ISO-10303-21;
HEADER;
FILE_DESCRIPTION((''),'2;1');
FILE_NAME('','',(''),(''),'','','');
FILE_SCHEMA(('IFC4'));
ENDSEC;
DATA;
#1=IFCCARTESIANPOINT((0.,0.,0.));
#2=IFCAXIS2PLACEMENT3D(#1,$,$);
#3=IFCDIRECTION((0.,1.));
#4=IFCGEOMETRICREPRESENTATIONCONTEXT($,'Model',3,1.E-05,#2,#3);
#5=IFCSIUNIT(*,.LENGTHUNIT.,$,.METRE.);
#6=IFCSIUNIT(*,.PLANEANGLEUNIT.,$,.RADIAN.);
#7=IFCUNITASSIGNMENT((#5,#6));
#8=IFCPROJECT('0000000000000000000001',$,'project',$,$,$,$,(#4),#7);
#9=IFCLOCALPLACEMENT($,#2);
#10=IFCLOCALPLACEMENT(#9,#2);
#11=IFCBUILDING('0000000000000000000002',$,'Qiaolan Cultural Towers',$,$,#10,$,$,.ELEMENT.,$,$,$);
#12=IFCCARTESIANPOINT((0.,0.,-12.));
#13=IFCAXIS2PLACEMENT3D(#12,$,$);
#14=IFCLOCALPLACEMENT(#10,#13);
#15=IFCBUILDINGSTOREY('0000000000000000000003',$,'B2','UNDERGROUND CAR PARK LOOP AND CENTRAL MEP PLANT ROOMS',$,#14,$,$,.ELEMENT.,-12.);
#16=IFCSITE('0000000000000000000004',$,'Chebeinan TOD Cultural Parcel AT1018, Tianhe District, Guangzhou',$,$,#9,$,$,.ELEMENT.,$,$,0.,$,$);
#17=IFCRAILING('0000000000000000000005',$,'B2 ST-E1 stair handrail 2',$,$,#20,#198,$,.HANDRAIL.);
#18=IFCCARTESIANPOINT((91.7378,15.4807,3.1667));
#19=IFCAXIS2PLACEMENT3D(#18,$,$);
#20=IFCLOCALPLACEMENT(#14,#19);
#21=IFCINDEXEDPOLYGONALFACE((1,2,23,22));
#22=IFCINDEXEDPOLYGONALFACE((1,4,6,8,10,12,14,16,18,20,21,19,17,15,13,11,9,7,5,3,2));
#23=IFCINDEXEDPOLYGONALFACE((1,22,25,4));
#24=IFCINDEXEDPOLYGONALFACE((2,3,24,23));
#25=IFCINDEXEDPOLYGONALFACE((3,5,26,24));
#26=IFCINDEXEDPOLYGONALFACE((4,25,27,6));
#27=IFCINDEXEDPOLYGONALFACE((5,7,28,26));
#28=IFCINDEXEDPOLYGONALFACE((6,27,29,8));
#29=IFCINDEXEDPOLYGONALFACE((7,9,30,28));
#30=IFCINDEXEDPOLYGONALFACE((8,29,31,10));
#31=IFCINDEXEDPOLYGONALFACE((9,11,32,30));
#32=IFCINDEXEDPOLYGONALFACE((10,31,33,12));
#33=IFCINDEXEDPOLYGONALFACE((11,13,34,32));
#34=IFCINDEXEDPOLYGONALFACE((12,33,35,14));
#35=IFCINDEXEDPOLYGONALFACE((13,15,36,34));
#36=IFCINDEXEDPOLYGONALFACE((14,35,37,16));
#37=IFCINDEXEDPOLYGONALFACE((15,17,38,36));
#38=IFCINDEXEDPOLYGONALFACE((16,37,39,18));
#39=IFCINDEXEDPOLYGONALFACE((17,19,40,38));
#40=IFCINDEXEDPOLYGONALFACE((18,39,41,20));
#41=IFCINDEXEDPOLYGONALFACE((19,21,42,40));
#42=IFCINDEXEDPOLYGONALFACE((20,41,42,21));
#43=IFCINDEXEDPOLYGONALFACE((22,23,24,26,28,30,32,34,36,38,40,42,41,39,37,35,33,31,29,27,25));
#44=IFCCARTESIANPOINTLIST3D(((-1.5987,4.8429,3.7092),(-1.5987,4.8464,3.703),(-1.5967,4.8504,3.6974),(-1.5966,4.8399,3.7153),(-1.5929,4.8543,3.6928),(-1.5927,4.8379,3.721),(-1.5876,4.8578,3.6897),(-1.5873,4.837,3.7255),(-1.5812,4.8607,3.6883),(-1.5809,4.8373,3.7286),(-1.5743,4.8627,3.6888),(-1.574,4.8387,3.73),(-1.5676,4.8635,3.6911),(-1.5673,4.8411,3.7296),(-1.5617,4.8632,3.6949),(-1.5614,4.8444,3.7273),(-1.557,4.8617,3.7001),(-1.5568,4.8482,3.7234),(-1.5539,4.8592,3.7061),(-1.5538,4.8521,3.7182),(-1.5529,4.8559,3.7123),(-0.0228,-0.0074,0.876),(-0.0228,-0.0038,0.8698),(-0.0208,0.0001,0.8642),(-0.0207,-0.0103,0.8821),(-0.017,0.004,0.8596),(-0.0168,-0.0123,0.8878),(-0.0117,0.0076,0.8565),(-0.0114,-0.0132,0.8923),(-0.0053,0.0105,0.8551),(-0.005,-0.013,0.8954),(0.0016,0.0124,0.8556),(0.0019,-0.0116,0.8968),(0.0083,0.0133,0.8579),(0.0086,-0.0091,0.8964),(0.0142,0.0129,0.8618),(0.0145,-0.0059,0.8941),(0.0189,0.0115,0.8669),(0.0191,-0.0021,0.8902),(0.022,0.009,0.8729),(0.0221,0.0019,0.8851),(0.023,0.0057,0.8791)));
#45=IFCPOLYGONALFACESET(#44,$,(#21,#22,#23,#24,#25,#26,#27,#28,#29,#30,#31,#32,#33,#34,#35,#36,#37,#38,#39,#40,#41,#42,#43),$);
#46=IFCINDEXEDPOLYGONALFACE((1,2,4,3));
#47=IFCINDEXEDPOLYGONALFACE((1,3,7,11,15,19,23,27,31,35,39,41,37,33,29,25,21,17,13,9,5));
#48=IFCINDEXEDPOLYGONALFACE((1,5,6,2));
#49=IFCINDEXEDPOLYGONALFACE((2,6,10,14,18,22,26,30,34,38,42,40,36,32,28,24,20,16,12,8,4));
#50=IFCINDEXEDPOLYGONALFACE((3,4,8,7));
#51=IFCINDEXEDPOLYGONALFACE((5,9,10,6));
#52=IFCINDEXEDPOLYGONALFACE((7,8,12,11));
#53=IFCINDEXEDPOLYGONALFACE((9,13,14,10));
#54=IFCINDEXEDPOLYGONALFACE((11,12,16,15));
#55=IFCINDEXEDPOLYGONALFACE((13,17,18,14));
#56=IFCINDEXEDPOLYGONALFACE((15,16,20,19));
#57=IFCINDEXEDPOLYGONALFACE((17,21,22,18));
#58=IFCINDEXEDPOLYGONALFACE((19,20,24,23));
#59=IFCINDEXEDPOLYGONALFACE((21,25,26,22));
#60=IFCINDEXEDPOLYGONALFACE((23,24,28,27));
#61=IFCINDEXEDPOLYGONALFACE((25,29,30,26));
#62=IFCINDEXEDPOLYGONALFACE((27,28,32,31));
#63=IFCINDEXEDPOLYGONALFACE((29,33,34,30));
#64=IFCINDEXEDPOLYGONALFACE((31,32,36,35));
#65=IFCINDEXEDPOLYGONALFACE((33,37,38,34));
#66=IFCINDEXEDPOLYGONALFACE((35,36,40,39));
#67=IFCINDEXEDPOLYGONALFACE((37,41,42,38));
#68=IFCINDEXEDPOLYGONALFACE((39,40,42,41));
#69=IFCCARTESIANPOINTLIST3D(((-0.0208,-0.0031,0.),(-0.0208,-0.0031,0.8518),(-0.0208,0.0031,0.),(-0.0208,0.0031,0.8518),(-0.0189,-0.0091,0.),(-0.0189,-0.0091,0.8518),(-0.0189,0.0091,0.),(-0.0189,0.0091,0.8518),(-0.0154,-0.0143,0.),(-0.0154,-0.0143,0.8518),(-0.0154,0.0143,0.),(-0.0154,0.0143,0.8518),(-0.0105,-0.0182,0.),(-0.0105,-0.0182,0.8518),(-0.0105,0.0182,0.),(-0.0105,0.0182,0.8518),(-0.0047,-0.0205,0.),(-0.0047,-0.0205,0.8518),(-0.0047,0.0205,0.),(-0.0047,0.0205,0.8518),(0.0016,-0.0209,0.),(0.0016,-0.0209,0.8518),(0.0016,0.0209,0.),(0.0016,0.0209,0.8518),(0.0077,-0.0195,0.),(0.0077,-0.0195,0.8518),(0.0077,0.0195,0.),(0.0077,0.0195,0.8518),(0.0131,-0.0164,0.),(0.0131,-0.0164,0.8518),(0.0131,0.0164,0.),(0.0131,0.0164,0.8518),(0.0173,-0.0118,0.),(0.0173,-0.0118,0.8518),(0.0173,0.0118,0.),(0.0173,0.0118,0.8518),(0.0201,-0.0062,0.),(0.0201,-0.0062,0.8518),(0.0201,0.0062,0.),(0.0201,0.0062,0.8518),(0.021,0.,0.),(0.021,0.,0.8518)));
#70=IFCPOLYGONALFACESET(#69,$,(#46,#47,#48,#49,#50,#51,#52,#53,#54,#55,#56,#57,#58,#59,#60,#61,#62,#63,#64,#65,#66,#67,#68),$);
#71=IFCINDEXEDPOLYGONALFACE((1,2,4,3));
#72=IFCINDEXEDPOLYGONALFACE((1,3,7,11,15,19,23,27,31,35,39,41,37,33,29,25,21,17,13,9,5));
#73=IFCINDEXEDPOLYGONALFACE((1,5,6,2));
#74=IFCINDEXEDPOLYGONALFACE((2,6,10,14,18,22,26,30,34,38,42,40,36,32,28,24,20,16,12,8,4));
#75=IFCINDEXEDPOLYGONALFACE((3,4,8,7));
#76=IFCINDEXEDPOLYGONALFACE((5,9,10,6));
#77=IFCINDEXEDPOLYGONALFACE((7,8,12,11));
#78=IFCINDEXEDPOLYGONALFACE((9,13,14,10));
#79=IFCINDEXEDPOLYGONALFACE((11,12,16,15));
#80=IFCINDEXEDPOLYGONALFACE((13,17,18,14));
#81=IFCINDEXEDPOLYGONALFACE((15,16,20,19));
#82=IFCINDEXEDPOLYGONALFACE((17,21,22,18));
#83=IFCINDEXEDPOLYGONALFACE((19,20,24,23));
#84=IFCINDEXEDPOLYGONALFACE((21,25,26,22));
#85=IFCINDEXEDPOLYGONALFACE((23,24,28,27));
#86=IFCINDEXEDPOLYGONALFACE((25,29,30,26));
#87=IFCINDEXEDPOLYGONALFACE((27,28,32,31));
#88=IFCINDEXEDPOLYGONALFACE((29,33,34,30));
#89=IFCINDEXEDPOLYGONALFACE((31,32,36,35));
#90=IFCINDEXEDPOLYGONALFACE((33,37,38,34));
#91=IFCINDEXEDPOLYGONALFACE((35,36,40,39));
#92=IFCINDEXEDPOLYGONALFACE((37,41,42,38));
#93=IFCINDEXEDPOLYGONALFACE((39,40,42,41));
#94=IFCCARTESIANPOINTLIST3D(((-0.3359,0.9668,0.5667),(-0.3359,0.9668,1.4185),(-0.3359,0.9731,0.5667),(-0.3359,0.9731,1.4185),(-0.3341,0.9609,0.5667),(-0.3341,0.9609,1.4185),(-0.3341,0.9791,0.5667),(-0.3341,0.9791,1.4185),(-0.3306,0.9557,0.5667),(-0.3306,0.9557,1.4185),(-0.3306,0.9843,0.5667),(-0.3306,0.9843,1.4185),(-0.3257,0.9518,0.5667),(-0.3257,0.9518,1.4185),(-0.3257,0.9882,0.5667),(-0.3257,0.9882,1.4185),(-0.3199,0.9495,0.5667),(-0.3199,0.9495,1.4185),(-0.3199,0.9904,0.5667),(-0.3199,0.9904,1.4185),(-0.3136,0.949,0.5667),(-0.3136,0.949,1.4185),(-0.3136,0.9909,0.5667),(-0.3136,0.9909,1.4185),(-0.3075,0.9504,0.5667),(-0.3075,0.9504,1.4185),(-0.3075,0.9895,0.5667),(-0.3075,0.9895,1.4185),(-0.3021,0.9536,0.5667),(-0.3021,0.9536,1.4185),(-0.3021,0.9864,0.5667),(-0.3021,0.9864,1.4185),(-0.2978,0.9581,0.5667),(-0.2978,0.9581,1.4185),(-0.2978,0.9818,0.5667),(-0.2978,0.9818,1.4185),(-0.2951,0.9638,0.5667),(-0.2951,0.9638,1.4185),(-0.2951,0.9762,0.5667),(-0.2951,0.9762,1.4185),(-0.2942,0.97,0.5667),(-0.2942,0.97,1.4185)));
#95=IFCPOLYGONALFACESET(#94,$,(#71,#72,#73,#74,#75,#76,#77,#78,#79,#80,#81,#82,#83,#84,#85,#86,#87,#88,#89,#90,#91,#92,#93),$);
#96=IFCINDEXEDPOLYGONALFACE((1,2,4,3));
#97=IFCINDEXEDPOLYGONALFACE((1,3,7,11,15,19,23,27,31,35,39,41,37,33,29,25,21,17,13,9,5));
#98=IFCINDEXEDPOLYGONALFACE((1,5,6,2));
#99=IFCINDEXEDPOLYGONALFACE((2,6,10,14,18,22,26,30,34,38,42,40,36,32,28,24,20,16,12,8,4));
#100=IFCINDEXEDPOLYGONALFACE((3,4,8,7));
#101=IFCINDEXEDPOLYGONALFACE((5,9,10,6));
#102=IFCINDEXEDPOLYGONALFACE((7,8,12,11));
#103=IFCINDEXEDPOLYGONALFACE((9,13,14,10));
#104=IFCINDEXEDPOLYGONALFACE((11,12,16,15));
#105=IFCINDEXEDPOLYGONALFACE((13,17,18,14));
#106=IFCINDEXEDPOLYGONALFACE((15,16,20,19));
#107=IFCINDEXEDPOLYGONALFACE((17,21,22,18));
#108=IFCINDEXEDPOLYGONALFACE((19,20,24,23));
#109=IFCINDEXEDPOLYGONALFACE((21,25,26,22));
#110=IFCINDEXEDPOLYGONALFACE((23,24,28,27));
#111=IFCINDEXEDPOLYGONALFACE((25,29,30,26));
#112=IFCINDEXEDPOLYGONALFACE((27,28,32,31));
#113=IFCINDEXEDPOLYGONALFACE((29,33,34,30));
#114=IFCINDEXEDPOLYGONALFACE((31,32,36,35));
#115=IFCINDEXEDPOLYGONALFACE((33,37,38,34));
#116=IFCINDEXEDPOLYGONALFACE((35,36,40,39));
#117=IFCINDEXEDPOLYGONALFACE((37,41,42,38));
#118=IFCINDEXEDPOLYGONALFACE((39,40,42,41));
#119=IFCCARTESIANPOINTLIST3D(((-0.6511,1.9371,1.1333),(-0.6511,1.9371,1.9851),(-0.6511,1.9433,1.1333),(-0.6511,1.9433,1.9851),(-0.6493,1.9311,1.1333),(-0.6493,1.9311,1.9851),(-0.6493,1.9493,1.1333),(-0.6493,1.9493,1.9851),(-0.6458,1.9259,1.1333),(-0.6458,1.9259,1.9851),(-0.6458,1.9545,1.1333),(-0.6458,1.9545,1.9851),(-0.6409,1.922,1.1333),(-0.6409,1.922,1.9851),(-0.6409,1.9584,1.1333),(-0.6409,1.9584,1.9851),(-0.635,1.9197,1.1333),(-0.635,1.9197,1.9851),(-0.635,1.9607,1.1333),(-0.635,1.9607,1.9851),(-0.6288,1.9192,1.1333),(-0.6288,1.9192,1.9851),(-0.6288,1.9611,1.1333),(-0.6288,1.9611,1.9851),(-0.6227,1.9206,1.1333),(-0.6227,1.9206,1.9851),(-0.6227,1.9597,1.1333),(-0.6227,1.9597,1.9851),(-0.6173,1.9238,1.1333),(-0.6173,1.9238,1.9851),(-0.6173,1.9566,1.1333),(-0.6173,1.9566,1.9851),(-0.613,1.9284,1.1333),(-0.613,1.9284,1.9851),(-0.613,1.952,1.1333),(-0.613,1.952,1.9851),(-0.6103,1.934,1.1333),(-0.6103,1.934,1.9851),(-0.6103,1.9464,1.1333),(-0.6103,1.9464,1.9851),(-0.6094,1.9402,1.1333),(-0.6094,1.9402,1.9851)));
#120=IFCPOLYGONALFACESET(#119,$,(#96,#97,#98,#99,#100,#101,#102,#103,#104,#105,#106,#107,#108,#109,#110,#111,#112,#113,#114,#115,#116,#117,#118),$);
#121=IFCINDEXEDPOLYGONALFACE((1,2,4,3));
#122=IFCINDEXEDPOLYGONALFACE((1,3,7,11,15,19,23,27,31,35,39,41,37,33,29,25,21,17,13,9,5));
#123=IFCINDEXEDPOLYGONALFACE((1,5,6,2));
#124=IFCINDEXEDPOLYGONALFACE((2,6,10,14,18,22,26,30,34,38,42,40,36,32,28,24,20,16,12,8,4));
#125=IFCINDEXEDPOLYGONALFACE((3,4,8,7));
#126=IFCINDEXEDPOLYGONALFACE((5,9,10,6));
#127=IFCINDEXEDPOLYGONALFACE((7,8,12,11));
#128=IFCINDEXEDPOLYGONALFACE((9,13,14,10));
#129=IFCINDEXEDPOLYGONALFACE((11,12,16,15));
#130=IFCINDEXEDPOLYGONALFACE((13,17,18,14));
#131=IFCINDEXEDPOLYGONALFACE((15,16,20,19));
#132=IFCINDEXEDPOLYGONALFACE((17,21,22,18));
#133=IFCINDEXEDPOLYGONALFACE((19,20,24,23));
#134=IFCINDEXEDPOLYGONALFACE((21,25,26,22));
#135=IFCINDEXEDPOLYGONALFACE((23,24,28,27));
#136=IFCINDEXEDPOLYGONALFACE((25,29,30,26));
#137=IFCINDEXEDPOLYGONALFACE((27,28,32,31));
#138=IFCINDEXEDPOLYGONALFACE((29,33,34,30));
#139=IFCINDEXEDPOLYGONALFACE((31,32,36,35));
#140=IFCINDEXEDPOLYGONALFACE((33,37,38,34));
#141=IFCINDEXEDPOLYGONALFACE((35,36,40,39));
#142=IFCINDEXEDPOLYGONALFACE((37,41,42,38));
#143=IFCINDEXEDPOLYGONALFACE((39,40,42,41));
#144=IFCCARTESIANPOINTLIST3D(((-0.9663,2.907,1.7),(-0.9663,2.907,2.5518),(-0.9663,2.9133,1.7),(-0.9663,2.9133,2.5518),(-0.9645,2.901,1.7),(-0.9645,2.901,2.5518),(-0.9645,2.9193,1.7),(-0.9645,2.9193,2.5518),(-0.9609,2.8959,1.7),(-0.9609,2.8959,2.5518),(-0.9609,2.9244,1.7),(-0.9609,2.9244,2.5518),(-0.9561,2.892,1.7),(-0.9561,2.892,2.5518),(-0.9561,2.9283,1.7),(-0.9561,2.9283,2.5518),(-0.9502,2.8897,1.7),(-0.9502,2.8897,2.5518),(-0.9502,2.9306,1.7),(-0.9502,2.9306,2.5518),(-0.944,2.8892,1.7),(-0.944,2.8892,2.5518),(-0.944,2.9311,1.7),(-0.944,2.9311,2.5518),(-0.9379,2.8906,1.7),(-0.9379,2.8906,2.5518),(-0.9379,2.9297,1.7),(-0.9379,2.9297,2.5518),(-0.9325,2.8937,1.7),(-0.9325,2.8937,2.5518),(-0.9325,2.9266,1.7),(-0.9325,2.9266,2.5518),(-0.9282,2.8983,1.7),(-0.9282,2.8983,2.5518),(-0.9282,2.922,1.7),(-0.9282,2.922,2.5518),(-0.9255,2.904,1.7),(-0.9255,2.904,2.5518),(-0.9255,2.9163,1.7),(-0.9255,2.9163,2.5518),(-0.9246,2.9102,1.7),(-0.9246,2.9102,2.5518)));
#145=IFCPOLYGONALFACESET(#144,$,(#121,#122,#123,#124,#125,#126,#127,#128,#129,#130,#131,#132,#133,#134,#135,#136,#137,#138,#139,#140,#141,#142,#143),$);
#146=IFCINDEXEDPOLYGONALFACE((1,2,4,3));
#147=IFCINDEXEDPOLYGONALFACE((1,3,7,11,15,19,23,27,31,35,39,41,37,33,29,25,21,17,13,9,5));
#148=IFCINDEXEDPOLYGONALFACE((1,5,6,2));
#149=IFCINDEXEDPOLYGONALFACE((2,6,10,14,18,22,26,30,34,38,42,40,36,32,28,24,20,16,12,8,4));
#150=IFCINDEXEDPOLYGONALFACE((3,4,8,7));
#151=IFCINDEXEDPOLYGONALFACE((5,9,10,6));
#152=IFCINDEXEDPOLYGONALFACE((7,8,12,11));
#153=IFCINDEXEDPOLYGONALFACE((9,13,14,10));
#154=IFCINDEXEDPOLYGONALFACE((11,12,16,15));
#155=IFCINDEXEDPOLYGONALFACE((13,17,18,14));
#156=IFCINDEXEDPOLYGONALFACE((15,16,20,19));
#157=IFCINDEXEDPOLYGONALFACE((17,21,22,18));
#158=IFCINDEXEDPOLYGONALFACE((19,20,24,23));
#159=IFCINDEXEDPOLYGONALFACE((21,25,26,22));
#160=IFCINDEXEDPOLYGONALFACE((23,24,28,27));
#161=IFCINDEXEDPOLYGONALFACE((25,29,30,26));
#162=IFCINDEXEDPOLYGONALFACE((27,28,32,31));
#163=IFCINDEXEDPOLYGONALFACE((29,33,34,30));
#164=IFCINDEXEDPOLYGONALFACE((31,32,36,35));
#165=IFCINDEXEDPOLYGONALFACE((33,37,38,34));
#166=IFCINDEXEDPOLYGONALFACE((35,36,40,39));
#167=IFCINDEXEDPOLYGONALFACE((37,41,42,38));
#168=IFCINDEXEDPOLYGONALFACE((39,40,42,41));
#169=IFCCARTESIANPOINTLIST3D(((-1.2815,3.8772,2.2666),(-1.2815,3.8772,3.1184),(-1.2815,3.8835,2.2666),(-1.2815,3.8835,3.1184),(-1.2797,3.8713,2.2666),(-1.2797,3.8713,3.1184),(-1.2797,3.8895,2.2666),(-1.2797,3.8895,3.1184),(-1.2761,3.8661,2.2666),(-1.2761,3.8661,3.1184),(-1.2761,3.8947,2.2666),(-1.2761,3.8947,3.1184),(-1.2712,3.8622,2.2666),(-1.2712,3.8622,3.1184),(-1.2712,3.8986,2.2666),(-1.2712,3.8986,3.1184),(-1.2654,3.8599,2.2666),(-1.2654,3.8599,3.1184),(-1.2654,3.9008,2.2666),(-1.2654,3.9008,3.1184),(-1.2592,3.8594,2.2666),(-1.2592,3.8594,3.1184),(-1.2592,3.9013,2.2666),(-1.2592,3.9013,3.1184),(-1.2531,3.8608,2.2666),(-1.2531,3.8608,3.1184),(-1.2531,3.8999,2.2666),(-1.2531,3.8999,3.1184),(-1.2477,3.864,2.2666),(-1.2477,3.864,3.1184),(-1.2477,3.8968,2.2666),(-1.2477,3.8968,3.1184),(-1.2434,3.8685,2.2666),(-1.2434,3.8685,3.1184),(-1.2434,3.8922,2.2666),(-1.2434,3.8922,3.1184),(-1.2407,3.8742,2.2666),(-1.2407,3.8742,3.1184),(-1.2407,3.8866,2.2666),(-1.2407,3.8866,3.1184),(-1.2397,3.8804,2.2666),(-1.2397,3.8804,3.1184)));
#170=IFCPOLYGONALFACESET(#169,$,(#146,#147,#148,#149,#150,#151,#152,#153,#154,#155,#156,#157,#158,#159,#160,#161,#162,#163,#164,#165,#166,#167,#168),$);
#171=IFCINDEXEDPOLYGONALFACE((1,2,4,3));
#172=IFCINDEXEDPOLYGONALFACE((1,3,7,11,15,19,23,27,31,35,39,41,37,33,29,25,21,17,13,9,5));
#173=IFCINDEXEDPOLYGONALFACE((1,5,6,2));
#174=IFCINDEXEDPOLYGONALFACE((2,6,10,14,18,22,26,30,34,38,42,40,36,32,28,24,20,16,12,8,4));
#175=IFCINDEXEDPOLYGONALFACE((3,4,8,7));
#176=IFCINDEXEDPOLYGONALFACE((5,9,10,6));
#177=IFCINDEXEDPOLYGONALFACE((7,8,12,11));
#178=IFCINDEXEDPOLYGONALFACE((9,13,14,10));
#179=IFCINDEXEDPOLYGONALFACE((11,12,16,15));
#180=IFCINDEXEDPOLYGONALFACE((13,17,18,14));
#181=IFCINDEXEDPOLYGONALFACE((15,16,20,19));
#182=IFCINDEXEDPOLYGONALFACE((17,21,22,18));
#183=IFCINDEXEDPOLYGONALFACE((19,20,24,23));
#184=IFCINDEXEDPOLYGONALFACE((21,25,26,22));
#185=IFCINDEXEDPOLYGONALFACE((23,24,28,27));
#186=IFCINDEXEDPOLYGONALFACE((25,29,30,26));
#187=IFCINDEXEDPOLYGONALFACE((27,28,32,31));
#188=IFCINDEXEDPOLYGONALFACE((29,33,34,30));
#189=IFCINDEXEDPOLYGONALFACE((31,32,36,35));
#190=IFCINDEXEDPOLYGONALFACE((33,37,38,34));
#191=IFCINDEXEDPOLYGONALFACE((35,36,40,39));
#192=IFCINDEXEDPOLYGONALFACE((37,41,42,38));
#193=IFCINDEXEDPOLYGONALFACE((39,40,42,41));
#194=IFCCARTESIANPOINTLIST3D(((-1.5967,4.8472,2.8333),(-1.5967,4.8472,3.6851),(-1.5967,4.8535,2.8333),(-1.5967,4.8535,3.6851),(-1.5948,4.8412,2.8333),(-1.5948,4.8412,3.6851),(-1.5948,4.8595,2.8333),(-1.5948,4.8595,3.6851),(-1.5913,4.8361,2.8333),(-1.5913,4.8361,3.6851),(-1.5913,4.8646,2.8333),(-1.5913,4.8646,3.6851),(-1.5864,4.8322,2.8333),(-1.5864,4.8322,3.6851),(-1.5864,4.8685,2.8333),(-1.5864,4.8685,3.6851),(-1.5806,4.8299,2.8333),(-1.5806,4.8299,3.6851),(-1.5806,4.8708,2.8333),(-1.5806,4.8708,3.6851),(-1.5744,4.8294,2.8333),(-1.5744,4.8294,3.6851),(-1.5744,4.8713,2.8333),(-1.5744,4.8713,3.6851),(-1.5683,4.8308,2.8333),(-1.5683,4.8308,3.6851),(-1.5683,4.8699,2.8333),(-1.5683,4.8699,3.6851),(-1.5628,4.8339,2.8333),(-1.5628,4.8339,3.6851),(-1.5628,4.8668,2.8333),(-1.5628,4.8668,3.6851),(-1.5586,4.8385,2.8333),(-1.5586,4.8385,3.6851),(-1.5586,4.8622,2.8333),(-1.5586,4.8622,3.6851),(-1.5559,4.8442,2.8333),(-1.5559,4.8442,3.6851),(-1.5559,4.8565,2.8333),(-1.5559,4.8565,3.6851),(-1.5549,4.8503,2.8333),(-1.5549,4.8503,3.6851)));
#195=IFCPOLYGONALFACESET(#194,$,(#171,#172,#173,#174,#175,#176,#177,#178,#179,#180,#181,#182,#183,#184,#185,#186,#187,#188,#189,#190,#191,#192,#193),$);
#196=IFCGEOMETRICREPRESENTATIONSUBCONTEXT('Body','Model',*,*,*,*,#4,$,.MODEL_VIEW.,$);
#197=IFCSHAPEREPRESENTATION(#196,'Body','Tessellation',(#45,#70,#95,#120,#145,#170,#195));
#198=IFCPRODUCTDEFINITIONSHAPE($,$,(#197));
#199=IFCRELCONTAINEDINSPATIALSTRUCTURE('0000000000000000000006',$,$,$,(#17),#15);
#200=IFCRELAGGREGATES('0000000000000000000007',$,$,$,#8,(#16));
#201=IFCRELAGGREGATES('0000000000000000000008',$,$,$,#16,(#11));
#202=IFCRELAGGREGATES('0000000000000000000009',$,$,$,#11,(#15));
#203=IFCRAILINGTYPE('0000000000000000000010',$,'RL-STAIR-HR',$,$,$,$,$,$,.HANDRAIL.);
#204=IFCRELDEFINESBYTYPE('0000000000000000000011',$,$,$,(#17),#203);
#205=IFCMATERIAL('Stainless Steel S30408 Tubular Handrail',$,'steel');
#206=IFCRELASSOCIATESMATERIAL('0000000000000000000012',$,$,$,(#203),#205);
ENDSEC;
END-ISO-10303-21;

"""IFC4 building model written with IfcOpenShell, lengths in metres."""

from ifc_helpers import new_model, si_unit, direction, frame, origin, origin_2d, place, context, subcontext, project, spatial, circle, extrude, material, type_object, element, save


model = new_model("IFC4")

# Units and contexts
model_context = context("Model", 3, precision=1e-05, world=origin(), true_north=direction((0.0, 1.0)))
body_context = subcontext(model_context, "Body", "Model", "MODEL_VIEW")
ifc_project = project(units=[si_unit("LENGTHUNIT", "METRE"), si_unit("PLANEANGLEUNIT", "RADIAN")], contexts=[model_context])

# Site, building, storey
site_placement = place(None, origin())
site = spatial("IfcSite", under=ifc_project, at=site_placement, Name="Chebeinan TOD Cultural Parcel AT1018, Tianhe District, Guangzhou", CompositionType="ELEMENT", RefElevation=0.0)
building_placement = place(site_placement, origin())
building = spatial("IfcBuilding", under=site, at=building_placement, Name="Qiaolan Cultural Towers", CompositionType="ELEMENT")
storey_placement = place(building_placement, frame((0.0, 0.0, -12.0)))
storey = spatial("IfcBuildingStorey", under=building, at=storey_placement, Name="B2", Description="UNDERGROUND CAR PARK LOOP AND CENTRAL MEP PLANT ROOMS", CompositionType="ELEMENT", Elevation=-12.0)

# Railing
ifc_material_1 = material(Name="Stainless Steel S30408 Tubular Handrail", Category="steel")
railing_type_1 = type_object("IfcRailingType", Name="RL-STAIR-HR", PredefinedType="HANDRAIL", material=ifc_material_1)
railing_1_placement = place(storey_placement, frame((91.7378, 15.4807, 3.1667)))
element("IfcRailing", 1, at=railing_1_placement, inside=storey, type_object=railing_type_1, Name="B2 ST-E1 stair handrail 2", PredefinedType="HANDRAIL", context=body_context, shape_type="SweptSolid", body=[
    extrude(circle(Radius=0.0239, at=origin_2d()), frame((0.0, 0.0, 0.876), z_axis=(-0.270124, 0.831378, 0.485637), x_axis=(-0.951059, -0.309009, 0.0)), (0.0, 0.0, 1.0), 5.834),
    extrude(circle(Radius=0.021, at=origin_2d()), origin(), (0.0, 0.0, 1.0), 0.8518),
    extrude(circle(Radius=0.021, at=origin_2d()), frame((-0.3152, 0.97, 0.5667)), (0.0, 0.0, 1.0), 0.8518),
    extrude(circle(Radius=0.021, at=origin_2d()), frame((-0.6304, 1.9402, 1.1333)), (0.0, 0.0, 1.0), 0.8518),
    extrude(circle(Radius=0.021, at=origin_2d()), frame((-0.9456, 2.9102, 1.7)), (0.0, 0.0, 1.0), 0.8518),
    extrude(circle(Radius=0.021, at=origin_2d()), frame((-1.2607, 3.8804, 2.2666)), (0.0, 0.0, 1.0), 0.8518),
    extrude(circle(Radius=0.021, at=origin_2d()), frame((-1.5759, 4.8503, 2.8333)), (0.0, 0.0, 1.0), 0.8518),
])

save(model, "model.ifc")
